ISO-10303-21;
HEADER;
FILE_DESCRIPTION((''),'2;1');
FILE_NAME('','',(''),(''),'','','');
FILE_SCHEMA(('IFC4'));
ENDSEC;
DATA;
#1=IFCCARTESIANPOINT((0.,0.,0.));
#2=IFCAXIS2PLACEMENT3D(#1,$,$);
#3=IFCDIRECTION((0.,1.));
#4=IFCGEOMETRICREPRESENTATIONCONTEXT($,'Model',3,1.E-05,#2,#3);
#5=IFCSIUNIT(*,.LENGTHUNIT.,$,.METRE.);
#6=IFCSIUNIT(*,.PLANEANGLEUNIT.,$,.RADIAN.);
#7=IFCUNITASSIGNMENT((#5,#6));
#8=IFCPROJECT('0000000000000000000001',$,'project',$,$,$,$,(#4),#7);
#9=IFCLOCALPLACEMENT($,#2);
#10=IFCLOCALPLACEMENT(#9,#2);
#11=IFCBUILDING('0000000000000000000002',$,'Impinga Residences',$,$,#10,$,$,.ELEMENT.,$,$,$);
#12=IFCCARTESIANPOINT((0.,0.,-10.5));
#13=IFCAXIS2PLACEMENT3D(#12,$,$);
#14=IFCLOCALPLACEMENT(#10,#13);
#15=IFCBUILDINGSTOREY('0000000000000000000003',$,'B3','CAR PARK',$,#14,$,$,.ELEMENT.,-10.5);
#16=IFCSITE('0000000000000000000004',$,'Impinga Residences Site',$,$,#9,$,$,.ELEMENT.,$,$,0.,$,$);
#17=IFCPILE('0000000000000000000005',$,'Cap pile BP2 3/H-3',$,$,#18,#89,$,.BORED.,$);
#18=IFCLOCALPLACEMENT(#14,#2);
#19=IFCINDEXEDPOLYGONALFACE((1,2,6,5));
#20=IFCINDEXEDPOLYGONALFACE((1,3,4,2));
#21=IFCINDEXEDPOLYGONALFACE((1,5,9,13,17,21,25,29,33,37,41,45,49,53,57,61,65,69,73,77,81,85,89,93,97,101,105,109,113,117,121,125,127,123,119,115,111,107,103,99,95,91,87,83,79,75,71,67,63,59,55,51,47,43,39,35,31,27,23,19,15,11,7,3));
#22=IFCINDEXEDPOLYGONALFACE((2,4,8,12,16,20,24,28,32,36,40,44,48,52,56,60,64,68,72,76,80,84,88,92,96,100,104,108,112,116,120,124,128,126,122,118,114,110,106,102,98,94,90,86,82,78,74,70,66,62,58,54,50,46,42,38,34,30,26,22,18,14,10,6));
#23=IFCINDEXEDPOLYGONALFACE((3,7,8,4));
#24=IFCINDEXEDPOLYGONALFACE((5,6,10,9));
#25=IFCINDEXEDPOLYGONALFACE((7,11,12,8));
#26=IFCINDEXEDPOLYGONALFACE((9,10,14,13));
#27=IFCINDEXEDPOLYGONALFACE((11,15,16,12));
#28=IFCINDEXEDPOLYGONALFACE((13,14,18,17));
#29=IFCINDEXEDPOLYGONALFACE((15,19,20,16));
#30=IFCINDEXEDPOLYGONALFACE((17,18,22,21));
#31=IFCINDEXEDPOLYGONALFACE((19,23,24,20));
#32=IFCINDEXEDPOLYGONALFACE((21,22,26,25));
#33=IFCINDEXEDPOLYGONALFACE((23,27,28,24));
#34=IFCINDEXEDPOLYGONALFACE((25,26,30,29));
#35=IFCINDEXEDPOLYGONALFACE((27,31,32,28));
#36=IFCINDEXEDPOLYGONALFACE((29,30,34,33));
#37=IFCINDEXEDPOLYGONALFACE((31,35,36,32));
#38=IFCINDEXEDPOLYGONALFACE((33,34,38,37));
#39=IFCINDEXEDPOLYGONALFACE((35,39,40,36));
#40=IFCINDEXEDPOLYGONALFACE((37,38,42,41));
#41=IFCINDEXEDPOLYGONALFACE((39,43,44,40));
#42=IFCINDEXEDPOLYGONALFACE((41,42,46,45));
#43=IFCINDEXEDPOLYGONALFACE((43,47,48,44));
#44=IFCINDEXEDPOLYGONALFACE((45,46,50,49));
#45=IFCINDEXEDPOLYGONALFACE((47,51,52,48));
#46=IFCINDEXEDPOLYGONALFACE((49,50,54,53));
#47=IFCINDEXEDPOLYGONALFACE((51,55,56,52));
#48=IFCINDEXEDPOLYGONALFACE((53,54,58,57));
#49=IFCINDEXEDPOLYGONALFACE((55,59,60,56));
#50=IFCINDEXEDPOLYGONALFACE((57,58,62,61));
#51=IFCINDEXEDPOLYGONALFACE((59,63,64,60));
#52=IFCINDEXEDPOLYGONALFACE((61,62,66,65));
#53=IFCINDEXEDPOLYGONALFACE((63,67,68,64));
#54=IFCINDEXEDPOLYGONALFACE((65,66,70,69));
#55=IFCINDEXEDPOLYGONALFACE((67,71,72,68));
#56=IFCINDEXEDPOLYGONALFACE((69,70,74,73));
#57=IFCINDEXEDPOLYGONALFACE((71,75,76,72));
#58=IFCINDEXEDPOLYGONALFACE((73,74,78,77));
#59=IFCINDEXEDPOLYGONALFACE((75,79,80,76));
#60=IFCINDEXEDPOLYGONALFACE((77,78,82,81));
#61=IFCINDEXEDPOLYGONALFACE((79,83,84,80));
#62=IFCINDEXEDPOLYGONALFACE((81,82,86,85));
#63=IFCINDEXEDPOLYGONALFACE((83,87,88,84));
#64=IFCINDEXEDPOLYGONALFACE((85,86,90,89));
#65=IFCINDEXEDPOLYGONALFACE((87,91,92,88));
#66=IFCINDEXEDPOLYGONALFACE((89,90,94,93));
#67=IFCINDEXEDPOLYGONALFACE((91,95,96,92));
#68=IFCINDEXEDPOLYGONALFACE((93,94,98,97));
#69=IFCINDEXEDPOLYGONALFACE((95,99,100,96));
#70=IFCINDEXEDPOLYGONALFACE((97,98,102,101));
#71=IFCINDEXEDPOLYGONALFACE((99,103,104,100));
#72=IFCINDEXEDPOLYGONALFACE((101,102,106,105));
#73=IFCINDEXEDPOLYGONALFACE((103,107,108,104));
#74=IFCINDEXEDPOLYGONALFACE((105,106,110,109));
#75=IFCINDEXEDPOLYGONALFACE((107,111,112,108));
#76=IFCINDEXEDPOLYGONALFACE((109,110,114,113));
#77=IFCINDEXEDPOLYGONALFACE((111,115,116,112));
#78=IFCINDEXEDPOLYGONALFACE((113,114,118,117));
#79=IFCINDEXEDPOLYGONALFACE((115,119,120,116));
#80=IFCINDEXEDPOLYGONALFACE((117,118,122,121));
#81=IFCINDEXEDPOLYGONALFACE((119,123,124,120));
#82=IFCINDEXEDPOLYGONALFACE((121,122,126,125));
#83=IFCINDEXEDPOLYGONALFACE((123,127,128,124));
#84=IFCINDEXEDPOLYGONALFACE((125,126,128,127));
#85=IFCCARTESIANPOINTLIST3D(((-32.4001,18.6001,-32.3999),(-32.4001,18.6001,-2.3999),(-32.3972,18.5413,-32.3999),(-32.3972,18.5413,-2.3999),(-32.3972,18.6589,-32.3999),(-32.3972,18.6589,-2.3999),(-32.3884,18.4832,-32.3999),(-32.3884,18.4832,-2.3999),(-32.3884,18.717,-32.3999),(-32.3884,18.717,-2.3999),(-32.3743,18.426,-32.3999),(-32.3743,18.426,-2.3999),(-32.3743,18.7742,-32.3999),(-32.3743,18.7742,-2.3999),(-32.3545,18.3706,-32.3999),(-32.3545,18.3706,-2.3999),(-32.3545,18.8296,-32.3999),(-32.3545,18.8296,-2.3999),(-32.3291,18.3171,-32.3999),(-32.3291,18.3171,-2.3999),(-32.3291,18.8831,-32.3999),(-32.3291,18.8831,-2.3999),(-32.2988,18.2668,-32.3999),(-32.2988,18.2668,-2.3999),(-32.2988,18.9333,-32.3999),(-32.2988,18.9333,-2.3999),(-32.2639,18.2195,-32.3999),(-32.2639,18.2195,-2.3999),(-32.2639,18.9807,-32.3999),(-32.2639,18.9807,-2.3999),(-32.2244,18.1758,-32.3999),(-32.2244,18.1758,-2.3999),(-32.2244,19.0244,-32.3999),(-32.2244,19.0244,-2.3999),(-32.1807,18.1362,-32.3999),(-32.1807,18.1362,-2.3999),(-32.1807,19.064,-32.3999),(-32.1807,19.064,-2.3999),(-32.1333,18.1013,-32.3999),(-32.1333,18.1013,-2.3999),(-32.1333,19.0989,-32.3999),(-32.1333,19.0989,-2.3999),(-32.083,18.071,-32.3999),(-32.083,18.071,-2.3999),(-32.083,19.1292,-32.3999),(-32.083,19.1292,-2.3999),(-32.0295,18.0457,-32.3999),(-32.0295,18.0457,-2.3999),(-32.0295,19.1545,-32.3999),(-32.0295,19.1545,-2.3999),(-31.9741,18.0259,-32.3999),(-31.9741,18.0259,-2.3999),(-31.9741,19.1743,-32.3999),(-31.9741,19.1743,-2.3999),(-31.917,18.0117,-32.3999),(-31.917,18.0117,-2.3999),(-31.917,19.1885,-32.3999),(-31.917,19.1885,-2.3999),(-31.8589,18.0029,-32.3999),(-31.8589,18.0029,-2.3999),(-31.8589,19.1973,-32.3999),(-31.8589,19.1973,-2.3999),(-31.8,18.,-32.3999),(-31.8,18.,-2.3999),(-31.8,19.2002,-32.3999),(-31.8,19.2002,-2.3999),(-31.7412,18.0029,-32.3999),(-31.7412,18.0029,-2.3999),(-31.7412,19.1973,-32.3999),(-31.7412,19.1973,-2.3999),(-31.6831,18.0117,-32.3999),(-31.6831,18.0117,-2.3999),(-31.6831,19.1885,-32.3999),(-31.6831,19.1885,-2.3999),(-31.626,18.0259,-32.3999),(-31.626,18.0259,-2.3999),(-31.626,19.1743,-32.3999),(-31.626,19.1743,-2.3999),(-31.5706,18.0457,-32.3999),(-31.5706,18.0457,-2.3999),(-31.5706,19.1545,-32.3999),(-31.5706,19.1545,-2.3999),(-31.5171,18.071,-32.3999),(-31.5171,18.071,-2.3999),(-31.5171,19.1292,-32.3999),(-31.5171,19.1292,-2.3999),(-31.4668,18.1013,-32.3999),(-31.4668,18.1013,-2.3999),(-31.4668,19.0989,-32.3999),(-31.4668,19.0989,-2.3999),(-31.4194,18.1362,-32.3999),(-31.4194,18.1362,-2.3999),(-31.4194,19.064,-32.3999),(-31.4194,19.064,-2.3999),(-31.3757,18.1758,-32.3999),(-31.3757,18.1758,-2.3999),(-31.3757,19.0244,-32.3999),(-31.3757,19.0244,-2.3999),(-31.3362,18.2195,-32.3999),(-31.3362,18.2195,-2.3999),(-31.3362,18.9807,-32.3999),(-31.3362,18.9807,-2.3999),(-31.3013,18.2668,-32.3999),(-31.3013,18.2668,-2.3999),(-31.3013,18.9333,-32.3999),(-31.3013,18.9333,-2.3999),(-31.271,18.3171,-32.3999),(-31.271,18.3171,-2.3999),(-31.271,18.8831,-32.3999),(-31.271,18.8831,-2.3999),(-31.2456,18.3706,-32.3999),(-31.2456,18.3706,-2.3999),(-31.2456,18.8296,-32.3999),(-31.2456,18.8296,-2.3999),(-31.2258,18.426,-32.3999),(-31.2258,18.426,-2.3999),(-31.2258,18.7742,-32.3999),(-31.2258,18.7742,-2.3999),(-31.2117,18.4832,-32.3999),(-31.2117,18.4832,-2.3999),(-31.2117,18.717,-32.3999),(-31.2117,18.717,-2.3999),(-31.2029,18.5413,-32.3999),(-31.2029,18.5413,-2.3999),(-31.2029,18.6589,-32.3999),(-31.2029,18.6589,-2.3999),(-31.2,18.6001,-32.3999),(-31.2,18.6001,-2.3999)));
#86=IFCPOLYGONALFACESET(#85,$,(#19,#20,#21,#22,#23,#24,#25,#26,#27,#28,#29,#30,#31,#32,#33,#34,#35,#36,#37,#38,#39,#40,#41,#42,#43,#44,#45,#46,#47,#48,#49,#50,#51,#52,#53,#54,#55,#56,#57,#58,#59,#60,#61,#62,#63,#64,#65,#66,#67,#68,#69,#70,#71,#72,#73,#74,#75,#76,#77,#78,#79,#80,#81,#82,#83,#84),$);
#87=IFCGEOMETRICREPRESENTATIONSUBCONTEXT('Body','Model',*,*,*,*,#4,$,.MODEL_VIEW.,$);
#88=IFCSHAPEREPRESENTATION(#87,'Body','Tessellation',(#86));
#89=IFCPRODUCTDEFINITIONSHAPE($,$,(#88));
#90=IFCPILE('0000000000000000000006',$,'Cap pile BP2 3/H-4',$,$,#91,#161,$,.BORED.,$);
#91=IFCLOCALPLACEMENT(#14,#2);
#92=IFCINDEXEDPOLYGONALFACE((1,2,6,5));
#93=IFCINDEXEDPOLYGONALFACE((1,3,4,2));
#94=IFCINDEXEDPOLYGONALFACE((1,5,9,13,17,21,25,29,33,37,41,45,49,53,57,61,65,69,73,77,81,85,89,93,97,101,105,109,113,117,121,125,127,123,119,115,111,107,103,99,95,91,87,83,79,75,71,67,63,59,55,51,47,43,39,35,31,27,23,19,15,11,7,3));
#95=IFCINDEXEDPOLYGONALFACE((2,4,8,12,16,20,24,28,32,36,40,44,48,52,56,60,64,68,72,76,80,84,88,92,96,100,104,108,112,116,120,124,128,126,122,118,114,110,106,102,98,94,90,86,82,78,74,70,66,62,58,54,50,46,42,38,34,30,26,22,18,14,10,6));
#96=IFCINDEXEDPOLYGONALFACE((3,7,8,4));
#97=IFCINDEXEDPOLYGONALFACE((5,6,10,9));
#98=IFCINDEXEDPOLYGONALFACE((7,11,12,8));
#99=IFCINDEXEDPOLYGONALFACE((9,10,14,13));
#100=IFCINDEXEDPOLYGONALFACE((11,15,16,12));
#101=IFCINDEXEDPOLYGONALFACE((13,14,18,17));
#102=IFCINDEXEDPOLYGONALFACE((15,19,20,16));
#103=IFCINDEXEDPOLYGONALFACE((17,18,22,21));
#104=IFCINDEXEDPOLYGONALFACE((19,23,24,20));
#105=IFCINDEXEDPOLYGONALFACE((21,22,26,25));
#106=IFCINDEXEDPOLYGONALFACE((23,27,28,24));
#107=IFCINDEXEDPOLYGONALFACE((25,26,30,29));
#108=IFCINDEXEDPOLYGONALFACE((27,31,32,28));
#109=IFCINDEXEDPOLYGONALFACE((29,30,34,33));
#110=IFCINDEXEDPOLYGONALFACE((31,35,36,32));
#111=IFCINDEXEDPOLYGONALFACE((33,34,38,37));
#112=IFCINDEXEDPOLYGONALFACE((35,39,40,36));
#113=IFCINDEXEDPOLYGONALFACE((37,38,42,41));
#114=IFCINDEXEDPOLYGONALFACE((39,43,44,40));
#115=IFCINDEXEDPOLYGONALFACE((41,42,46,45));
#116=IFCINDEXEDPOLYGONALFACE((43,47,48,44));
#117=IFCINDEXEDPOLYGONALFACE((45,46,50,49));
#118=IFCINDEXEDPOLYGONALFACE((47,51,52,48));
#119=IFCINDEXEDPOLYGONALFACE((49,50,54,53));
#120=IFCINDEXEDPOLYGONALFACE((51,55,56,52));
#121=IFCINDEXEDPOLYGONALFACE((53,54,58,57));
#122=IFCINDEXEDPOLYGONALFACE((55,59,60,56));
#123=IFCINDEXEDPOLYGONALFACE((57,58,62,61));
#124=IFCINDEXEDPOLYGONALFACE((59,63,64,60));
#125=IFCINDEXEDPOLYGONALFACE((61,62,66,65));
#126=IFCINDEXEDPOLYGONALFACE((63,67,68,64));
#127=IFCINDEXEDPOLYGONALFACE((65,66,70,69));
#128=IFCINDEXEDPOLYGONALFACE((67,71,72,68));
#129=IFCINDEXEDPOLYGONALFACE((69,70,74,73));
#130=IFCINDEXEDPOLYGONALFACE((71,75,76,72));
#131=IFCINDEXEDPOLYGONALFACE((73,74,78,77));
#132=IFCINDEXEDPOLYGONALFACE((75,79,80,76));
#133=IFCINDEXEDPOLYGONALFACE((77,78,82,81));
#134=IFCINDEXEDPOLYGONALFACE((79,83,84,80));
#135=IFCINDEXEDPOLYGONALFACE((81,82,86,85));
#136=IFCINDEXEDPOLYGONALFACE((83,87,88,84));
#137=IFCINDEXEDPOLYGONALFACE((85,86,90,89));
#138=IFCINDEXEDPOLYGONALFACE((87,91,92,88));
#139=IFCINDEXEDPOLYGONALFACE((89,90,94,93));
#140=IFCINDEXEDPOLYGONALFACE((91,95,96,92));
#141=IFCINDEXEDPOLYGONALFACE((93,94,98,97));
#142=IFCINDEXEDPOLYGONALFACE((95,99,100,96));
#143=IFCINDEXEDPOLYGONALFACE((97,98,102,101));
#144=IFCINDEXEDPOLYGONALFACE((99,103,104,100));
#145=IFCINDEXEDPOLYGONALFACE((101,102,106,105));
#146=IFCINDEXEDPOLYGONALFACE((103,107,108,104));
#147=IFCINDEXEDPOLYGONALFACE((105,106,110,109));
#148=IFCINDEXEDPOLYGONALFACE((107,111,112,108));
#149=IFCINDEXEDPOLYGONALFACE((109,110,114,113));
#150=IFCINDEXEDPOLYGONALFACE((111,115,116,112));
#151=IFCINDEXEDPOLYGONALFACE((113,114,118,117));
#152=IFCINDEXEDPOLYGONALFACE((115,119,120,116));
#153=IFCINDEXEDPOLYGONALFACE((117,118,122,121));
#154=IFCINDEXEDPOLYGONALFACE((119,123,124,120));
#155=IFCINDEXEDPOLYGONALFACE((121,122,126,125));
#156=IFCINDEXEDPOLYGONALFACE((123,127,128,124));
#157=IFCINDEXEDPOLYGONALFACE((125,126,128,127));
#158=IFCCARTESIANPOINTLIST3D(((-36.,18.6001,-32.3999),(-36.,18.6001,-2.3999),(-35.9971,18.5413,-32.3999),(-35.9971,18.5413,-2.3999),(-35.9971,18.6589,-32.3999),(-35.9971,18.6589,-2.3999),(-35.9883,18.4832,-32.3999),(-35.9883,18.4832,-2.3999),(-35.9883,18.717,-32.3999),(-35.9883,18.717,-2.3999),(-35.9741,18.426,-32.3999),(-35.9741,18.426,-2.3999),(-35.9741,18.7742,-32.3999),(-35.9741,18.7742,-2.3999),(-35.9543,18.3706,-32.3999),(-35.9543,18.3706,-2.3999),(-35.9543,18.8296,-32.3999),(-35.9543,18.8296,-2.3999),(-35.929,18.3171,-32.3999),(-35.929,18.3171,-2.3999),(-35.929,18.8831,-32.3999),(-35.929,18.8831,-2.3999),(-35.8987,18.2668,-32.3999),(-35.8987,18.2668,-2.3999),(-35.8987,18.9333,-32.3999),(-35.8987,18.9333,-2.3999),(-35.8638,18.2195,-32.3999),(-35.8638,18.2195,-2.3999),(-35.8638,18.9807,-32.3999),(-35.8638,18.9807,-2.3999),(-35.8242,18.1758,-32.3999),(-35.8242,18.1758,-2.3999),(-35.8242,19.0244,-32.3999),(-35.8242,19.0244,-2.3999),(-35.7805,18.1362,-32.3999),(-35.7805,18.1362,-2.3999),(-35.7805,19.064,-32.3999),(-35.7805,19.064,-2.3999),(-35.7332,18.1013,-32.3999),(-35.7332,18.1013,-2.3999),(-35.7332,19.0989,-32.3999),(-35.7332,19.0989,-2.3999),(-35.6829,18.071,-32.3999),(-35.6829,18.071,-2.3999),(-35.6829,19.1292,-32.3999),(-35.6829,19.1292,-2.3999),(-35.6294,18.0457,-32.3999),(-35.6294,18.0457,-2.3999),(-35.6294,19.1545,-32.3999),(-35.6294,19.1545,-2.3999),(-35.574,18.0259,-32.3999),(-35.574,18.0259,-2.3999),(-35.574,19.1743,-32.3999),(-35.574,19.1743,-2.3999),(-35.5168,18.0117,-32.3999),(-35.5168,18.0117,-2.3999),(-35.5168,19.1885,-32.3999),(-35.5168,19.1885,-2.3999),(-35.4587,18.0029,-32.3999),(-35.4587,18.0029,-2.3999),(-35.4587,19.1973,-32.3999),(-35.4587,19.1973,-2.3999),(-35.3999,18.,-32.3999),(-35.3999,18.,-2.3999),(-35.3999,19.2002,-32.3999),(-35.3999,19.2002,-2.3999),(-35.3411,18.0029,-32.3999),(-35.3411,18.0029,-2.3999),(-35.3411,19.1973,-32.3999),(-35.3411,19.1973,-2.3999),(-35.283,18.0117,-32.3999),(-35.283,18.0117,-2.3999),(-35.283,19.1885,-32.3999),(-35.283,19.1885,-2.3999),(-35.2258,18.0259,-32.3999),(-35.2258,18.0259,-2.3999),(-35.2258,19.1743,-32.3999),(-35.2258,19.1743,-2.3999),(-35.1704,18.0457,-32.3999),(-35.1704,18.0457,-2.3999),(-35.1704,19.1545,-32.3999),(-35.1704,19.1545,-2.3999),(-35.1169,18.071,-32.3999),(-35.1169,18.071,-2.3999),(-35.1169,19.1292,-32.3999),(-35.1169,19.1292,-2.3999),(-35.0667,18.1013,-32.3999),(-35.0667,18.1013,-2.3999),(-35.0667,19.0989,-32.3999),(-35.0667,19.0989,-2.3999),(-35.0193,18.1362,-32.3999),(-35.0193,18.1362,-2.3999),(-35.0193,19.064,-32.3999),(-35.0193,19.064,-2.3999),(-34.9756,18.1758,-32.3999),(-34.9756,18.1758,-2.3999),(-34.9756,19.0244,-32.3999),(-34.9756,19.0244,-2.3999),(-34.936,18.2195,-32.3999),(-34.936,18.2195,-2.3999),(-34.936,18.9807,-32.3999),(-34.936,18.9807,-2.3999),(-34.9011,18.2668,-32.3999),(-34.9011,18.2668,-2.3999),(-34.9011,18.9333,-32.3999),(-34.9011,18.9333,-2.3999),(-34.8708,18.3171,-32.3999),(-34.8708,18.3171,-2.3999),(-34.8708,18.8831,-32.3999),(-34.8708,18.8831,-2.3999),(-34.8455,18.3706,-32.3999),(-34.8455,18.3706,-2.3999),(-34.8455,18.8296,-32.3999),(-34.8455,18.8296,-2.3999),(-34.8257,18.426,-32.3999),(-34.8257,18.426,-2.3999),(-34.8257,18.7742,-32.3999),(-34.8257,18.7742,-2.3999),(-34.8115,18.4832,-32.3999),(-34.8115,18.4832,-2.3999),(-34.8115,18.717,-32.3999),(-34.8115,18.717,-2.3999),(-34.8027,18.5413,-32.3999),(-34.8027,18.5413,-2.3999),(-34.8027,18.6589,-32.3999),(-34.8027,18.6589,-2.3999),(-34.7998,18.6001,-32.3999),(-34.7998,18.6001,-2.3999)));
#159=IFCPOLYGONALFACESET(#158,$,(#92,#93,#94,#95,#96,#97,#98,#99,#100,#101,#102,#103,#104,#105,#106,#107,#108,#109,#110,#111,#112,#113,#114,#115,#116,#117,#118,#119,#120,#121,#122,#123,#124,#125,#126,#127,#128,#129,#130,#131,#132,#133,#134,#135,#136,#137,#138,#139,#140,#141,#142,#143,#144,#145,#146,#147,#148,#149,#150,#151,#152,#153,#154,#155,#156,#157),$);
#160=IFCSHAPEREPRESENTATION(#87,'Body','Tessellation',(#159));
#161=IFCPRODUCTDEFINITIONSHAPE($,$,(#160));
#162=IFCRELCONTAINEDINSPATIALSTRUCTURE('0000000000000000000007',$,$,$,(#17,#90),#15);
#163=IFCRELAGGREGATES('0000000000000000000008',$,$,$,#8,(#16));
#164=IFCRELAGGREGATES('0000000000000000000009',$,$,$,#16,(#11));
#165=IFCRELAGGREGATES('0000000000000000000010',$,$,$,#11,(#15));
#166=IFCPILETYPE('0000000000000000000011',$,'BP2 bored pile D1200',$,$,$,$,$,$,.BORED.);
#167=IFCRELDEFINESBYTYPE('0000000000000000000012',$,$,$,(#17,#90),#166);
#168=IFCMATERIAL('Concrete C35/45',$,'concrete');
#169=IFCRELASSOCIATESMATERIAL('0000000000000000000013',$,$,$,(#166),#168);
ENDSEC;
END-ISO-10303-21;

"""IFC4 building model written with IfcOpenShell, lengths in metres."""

from ifc_helpers import new_model, si_unit, direction, frame, origin, origin_2d, place, context, subcontext, project, spatial, polyline, circle, outline, extrude, material, material_profile, profile_set, type_object, element, save


model = new_model("IFC4")

# Units and contexts
model_context = context("Model", 3, precision=1e-05, world=origin(), true_north=direction((0.0, 1.0)))
body_context = subcontext(model_context, "Body", "Model", "MODEL_VIEW")
ifc_project = project(units=[si_unit("LENGTHUNIT", "METRE"), si_unit("PLANEANGLEUNIT", "RADIAN")], contexts=[model_context])

# Site, building, storey
site_placement = place(None, origin())
site = spatial("IfcSite", under=ifc_project, at=site_placement, Name="Impinga Residences Site", CompositionType="ELEMENT", RefElevation=0.0)
building_placement = place(site_placement, origin())
building = spatial("IfcBuilding", under=site, at=building_placement, Name="Impinga Residences", CompositionType="ELEMENT")
storey_placement = place(building_placement, frame((0.0, 0.0, -10.5)))
storey = spatial("IfcBuildingStorey", under=building, at=storey_placement, Name="B3", Description="CAR PARK", CompositionType="ELEMENT", Elevation=-10.5)

# Piles
ifc_material_1 = material(Name="Concrete C35/45", Category="concrete")
ifc_material_profile_1 = material_profile(ifc_material_1, circle(Radius=0.6001, at=origin_2d()), Name="D1200")
ifc_profile_set_1 = profile_set([ifc_material_profile_1], Name="Concrete C35/45")
pile_type = type_object("IfcPileType", Name="BP2 bored pile D1200", PredefinedType="BORED", material=ifc_profile_set_1)
pile_1_placement = place(storey_placement, frame((-31.8, 18.6001, -2.3999), z_axis=(0.0, 0.0, -1.0), x_axis=(1.0, 0.0, 0.0)))
element("IfcPile", 1, at=pile_1_placement, inside=storey, type_object=pile_type, Name="Cap pile BP2 3/H-3", PredefinedType="BORED", context=body_context, shape_type="SweptSolid", body=[
    extrude(outline(polyline([(0.6001, 0.0), (0.5972, 0.0588), (0.5884, 0.1169), (0.5742, 0.1741), (0.5544, 0.2295), (0.5291, 0.283), (0.4988, 0.3333), (0.4639, 0.3806), (0.4243, 0.4243), (0.3806, 0.4639), (0.3333, 0.4988), (0.283, 0.5291), (0.2295, 0.5544), (0.1741, 0.5742), (0.1169, 0.5884), (0.0588, 0.5972), (0.0, 0.6001), (-0.0588, 0.5972), (-0.1169, 0.5884), (-0.1741, 0.5742), (-0.2295, 0.5544), (-0.283, 0.5291), (-0.3333, 0.4988), (-0.3806, 0.4639), (-0.4243, 0.4243), (-0.4639, 0.3806), (-0.4988, 0.3333), (-0.5291, 0.283), (-0.5544, 0.2295), (-0.5742, 0.1741), (-0.5884, 0.1169), (-0.5972, 0.0588), (-0.6001, 0.0), (-0.5972, -0.0588), (-0.5884, -0.1169), (-0.5742, -0.1741), (-0.5544, -0.2295), (-0.5291, -0.283), (-0.4988, -0.3333), (-0.4639, -0.3806), (-0.4243, -0.4243), (-0.3806, -0.4639), (-0.3333, -0.4988), (-0.283, -0.5291), (-0.2295, -0.5544), (-0.1741, -0.5742), (-0.1169, -0.5884), (-0.0588, -0.5972), (0.0, -0.6001), (0.0588, -0.5972), (0.1169, -0.5884), (0.1741, -0.5742), (0.2295, -0.5544), (0.283, -0.5291), (0.3333, -0.4988), (0.3806, -0.4639), (0.4243, -0.4243), (0.4639, -0.3806), (0.4988, -0.3333), (0.5291, -0.283), (0.5544, -0.2295), (0.5742, -0.1741), (0.5884, -0.1169), (0.5972, -0.0588), (0.6001, 0.0)])), origin(), (0.0, 0.0, 1.0), 30.0),
])
pile_2_placement = place(storey_placement, frame((-35.3999, 18.6001, -2.3999), z_axis=(0.0, 0.0, -1.0), x_axis=(1.0, 0.0, 0.0)))
element("IfcPile", 2, at=pile_2_placement, inside=storey, type_object=pile_type, Name="Cap pile BP2 3/H-4", PredefinedType="BORED", context=body_context, shape_type="SweptSolid", body=[
    extrude(outline(polyline([(0.6001, 0.0), (0.5972, 0.0588), (0.5884, 0.1169), (0.5742, 0.1741), (0.5544, 0.2295), (0.5291, 0.283), (0.4988, 0.3333), (0.4639, 0.3806), (0.4243, 0.4243), (0.3806, 0.4639), (0.3333, 0.4988), (0.283, 0.5291), (0.2295, 0.5544), (0.1741, 0.5742), (0.1169, 0.5884), (0.0588, 0.5972), (0.0, 0.6001), (-0.0588, 0.5972), (-0.1169, 0.5884), (-0.1741, 0.5742), (-0.2295, 0.5544), (-0.283, 0.5291), (-0.3333, 0.4988), (-0.3806, 0.4639), (-0.4243, 0.4243), (-0.4639, 0.3806), (-0.4988, 0.3333), (-0.5291, 0.283), (-0.5544, 0.2295), (-0.5742, 0.1741), (-0.5884, 0.1169), (-0.5972, 0.0588), (-0.6001, 0.0), (-0.5972, -0.0588), (-0.5884, -0.1169), (-0.5742, -0.1741), (-0.5544, -0.2295), (-0.5291, -0.283), (-0.4988, -0.3333), (-0.4639, -0.3806), (-0.4243, -0.4243), (-0.3806, -0.4639), (-0.3333, -0.4988), (-0.283, -0.5291), (-0.2295, -0.5544), (-0.1741, -0.5742), (-0.1169, -0.5884), (-0.0588, -0.5972), (0.0, -0.6001), (0.0588, -0.5972), (0.1169, -0.5884), (0.1741, -0.5742), (0.2295, -0.5544), (0.283, -0.5291), (0.3333, -0.4988), (0.3806, -0.4639), (0.4243, -0.4243), (0.4639, -0.3806), (0.4988, -0.3333), (0.5291, -0.283), (0.5544, -0.2295), (0.5742, -0.1741), (0.5884, -0.1169), (0.5972, -0.0588), (0.6001, 0.0)])), origin(), (0.0, 0.0, 1.0), 30.0),
])

save(model, "model.ifc")
